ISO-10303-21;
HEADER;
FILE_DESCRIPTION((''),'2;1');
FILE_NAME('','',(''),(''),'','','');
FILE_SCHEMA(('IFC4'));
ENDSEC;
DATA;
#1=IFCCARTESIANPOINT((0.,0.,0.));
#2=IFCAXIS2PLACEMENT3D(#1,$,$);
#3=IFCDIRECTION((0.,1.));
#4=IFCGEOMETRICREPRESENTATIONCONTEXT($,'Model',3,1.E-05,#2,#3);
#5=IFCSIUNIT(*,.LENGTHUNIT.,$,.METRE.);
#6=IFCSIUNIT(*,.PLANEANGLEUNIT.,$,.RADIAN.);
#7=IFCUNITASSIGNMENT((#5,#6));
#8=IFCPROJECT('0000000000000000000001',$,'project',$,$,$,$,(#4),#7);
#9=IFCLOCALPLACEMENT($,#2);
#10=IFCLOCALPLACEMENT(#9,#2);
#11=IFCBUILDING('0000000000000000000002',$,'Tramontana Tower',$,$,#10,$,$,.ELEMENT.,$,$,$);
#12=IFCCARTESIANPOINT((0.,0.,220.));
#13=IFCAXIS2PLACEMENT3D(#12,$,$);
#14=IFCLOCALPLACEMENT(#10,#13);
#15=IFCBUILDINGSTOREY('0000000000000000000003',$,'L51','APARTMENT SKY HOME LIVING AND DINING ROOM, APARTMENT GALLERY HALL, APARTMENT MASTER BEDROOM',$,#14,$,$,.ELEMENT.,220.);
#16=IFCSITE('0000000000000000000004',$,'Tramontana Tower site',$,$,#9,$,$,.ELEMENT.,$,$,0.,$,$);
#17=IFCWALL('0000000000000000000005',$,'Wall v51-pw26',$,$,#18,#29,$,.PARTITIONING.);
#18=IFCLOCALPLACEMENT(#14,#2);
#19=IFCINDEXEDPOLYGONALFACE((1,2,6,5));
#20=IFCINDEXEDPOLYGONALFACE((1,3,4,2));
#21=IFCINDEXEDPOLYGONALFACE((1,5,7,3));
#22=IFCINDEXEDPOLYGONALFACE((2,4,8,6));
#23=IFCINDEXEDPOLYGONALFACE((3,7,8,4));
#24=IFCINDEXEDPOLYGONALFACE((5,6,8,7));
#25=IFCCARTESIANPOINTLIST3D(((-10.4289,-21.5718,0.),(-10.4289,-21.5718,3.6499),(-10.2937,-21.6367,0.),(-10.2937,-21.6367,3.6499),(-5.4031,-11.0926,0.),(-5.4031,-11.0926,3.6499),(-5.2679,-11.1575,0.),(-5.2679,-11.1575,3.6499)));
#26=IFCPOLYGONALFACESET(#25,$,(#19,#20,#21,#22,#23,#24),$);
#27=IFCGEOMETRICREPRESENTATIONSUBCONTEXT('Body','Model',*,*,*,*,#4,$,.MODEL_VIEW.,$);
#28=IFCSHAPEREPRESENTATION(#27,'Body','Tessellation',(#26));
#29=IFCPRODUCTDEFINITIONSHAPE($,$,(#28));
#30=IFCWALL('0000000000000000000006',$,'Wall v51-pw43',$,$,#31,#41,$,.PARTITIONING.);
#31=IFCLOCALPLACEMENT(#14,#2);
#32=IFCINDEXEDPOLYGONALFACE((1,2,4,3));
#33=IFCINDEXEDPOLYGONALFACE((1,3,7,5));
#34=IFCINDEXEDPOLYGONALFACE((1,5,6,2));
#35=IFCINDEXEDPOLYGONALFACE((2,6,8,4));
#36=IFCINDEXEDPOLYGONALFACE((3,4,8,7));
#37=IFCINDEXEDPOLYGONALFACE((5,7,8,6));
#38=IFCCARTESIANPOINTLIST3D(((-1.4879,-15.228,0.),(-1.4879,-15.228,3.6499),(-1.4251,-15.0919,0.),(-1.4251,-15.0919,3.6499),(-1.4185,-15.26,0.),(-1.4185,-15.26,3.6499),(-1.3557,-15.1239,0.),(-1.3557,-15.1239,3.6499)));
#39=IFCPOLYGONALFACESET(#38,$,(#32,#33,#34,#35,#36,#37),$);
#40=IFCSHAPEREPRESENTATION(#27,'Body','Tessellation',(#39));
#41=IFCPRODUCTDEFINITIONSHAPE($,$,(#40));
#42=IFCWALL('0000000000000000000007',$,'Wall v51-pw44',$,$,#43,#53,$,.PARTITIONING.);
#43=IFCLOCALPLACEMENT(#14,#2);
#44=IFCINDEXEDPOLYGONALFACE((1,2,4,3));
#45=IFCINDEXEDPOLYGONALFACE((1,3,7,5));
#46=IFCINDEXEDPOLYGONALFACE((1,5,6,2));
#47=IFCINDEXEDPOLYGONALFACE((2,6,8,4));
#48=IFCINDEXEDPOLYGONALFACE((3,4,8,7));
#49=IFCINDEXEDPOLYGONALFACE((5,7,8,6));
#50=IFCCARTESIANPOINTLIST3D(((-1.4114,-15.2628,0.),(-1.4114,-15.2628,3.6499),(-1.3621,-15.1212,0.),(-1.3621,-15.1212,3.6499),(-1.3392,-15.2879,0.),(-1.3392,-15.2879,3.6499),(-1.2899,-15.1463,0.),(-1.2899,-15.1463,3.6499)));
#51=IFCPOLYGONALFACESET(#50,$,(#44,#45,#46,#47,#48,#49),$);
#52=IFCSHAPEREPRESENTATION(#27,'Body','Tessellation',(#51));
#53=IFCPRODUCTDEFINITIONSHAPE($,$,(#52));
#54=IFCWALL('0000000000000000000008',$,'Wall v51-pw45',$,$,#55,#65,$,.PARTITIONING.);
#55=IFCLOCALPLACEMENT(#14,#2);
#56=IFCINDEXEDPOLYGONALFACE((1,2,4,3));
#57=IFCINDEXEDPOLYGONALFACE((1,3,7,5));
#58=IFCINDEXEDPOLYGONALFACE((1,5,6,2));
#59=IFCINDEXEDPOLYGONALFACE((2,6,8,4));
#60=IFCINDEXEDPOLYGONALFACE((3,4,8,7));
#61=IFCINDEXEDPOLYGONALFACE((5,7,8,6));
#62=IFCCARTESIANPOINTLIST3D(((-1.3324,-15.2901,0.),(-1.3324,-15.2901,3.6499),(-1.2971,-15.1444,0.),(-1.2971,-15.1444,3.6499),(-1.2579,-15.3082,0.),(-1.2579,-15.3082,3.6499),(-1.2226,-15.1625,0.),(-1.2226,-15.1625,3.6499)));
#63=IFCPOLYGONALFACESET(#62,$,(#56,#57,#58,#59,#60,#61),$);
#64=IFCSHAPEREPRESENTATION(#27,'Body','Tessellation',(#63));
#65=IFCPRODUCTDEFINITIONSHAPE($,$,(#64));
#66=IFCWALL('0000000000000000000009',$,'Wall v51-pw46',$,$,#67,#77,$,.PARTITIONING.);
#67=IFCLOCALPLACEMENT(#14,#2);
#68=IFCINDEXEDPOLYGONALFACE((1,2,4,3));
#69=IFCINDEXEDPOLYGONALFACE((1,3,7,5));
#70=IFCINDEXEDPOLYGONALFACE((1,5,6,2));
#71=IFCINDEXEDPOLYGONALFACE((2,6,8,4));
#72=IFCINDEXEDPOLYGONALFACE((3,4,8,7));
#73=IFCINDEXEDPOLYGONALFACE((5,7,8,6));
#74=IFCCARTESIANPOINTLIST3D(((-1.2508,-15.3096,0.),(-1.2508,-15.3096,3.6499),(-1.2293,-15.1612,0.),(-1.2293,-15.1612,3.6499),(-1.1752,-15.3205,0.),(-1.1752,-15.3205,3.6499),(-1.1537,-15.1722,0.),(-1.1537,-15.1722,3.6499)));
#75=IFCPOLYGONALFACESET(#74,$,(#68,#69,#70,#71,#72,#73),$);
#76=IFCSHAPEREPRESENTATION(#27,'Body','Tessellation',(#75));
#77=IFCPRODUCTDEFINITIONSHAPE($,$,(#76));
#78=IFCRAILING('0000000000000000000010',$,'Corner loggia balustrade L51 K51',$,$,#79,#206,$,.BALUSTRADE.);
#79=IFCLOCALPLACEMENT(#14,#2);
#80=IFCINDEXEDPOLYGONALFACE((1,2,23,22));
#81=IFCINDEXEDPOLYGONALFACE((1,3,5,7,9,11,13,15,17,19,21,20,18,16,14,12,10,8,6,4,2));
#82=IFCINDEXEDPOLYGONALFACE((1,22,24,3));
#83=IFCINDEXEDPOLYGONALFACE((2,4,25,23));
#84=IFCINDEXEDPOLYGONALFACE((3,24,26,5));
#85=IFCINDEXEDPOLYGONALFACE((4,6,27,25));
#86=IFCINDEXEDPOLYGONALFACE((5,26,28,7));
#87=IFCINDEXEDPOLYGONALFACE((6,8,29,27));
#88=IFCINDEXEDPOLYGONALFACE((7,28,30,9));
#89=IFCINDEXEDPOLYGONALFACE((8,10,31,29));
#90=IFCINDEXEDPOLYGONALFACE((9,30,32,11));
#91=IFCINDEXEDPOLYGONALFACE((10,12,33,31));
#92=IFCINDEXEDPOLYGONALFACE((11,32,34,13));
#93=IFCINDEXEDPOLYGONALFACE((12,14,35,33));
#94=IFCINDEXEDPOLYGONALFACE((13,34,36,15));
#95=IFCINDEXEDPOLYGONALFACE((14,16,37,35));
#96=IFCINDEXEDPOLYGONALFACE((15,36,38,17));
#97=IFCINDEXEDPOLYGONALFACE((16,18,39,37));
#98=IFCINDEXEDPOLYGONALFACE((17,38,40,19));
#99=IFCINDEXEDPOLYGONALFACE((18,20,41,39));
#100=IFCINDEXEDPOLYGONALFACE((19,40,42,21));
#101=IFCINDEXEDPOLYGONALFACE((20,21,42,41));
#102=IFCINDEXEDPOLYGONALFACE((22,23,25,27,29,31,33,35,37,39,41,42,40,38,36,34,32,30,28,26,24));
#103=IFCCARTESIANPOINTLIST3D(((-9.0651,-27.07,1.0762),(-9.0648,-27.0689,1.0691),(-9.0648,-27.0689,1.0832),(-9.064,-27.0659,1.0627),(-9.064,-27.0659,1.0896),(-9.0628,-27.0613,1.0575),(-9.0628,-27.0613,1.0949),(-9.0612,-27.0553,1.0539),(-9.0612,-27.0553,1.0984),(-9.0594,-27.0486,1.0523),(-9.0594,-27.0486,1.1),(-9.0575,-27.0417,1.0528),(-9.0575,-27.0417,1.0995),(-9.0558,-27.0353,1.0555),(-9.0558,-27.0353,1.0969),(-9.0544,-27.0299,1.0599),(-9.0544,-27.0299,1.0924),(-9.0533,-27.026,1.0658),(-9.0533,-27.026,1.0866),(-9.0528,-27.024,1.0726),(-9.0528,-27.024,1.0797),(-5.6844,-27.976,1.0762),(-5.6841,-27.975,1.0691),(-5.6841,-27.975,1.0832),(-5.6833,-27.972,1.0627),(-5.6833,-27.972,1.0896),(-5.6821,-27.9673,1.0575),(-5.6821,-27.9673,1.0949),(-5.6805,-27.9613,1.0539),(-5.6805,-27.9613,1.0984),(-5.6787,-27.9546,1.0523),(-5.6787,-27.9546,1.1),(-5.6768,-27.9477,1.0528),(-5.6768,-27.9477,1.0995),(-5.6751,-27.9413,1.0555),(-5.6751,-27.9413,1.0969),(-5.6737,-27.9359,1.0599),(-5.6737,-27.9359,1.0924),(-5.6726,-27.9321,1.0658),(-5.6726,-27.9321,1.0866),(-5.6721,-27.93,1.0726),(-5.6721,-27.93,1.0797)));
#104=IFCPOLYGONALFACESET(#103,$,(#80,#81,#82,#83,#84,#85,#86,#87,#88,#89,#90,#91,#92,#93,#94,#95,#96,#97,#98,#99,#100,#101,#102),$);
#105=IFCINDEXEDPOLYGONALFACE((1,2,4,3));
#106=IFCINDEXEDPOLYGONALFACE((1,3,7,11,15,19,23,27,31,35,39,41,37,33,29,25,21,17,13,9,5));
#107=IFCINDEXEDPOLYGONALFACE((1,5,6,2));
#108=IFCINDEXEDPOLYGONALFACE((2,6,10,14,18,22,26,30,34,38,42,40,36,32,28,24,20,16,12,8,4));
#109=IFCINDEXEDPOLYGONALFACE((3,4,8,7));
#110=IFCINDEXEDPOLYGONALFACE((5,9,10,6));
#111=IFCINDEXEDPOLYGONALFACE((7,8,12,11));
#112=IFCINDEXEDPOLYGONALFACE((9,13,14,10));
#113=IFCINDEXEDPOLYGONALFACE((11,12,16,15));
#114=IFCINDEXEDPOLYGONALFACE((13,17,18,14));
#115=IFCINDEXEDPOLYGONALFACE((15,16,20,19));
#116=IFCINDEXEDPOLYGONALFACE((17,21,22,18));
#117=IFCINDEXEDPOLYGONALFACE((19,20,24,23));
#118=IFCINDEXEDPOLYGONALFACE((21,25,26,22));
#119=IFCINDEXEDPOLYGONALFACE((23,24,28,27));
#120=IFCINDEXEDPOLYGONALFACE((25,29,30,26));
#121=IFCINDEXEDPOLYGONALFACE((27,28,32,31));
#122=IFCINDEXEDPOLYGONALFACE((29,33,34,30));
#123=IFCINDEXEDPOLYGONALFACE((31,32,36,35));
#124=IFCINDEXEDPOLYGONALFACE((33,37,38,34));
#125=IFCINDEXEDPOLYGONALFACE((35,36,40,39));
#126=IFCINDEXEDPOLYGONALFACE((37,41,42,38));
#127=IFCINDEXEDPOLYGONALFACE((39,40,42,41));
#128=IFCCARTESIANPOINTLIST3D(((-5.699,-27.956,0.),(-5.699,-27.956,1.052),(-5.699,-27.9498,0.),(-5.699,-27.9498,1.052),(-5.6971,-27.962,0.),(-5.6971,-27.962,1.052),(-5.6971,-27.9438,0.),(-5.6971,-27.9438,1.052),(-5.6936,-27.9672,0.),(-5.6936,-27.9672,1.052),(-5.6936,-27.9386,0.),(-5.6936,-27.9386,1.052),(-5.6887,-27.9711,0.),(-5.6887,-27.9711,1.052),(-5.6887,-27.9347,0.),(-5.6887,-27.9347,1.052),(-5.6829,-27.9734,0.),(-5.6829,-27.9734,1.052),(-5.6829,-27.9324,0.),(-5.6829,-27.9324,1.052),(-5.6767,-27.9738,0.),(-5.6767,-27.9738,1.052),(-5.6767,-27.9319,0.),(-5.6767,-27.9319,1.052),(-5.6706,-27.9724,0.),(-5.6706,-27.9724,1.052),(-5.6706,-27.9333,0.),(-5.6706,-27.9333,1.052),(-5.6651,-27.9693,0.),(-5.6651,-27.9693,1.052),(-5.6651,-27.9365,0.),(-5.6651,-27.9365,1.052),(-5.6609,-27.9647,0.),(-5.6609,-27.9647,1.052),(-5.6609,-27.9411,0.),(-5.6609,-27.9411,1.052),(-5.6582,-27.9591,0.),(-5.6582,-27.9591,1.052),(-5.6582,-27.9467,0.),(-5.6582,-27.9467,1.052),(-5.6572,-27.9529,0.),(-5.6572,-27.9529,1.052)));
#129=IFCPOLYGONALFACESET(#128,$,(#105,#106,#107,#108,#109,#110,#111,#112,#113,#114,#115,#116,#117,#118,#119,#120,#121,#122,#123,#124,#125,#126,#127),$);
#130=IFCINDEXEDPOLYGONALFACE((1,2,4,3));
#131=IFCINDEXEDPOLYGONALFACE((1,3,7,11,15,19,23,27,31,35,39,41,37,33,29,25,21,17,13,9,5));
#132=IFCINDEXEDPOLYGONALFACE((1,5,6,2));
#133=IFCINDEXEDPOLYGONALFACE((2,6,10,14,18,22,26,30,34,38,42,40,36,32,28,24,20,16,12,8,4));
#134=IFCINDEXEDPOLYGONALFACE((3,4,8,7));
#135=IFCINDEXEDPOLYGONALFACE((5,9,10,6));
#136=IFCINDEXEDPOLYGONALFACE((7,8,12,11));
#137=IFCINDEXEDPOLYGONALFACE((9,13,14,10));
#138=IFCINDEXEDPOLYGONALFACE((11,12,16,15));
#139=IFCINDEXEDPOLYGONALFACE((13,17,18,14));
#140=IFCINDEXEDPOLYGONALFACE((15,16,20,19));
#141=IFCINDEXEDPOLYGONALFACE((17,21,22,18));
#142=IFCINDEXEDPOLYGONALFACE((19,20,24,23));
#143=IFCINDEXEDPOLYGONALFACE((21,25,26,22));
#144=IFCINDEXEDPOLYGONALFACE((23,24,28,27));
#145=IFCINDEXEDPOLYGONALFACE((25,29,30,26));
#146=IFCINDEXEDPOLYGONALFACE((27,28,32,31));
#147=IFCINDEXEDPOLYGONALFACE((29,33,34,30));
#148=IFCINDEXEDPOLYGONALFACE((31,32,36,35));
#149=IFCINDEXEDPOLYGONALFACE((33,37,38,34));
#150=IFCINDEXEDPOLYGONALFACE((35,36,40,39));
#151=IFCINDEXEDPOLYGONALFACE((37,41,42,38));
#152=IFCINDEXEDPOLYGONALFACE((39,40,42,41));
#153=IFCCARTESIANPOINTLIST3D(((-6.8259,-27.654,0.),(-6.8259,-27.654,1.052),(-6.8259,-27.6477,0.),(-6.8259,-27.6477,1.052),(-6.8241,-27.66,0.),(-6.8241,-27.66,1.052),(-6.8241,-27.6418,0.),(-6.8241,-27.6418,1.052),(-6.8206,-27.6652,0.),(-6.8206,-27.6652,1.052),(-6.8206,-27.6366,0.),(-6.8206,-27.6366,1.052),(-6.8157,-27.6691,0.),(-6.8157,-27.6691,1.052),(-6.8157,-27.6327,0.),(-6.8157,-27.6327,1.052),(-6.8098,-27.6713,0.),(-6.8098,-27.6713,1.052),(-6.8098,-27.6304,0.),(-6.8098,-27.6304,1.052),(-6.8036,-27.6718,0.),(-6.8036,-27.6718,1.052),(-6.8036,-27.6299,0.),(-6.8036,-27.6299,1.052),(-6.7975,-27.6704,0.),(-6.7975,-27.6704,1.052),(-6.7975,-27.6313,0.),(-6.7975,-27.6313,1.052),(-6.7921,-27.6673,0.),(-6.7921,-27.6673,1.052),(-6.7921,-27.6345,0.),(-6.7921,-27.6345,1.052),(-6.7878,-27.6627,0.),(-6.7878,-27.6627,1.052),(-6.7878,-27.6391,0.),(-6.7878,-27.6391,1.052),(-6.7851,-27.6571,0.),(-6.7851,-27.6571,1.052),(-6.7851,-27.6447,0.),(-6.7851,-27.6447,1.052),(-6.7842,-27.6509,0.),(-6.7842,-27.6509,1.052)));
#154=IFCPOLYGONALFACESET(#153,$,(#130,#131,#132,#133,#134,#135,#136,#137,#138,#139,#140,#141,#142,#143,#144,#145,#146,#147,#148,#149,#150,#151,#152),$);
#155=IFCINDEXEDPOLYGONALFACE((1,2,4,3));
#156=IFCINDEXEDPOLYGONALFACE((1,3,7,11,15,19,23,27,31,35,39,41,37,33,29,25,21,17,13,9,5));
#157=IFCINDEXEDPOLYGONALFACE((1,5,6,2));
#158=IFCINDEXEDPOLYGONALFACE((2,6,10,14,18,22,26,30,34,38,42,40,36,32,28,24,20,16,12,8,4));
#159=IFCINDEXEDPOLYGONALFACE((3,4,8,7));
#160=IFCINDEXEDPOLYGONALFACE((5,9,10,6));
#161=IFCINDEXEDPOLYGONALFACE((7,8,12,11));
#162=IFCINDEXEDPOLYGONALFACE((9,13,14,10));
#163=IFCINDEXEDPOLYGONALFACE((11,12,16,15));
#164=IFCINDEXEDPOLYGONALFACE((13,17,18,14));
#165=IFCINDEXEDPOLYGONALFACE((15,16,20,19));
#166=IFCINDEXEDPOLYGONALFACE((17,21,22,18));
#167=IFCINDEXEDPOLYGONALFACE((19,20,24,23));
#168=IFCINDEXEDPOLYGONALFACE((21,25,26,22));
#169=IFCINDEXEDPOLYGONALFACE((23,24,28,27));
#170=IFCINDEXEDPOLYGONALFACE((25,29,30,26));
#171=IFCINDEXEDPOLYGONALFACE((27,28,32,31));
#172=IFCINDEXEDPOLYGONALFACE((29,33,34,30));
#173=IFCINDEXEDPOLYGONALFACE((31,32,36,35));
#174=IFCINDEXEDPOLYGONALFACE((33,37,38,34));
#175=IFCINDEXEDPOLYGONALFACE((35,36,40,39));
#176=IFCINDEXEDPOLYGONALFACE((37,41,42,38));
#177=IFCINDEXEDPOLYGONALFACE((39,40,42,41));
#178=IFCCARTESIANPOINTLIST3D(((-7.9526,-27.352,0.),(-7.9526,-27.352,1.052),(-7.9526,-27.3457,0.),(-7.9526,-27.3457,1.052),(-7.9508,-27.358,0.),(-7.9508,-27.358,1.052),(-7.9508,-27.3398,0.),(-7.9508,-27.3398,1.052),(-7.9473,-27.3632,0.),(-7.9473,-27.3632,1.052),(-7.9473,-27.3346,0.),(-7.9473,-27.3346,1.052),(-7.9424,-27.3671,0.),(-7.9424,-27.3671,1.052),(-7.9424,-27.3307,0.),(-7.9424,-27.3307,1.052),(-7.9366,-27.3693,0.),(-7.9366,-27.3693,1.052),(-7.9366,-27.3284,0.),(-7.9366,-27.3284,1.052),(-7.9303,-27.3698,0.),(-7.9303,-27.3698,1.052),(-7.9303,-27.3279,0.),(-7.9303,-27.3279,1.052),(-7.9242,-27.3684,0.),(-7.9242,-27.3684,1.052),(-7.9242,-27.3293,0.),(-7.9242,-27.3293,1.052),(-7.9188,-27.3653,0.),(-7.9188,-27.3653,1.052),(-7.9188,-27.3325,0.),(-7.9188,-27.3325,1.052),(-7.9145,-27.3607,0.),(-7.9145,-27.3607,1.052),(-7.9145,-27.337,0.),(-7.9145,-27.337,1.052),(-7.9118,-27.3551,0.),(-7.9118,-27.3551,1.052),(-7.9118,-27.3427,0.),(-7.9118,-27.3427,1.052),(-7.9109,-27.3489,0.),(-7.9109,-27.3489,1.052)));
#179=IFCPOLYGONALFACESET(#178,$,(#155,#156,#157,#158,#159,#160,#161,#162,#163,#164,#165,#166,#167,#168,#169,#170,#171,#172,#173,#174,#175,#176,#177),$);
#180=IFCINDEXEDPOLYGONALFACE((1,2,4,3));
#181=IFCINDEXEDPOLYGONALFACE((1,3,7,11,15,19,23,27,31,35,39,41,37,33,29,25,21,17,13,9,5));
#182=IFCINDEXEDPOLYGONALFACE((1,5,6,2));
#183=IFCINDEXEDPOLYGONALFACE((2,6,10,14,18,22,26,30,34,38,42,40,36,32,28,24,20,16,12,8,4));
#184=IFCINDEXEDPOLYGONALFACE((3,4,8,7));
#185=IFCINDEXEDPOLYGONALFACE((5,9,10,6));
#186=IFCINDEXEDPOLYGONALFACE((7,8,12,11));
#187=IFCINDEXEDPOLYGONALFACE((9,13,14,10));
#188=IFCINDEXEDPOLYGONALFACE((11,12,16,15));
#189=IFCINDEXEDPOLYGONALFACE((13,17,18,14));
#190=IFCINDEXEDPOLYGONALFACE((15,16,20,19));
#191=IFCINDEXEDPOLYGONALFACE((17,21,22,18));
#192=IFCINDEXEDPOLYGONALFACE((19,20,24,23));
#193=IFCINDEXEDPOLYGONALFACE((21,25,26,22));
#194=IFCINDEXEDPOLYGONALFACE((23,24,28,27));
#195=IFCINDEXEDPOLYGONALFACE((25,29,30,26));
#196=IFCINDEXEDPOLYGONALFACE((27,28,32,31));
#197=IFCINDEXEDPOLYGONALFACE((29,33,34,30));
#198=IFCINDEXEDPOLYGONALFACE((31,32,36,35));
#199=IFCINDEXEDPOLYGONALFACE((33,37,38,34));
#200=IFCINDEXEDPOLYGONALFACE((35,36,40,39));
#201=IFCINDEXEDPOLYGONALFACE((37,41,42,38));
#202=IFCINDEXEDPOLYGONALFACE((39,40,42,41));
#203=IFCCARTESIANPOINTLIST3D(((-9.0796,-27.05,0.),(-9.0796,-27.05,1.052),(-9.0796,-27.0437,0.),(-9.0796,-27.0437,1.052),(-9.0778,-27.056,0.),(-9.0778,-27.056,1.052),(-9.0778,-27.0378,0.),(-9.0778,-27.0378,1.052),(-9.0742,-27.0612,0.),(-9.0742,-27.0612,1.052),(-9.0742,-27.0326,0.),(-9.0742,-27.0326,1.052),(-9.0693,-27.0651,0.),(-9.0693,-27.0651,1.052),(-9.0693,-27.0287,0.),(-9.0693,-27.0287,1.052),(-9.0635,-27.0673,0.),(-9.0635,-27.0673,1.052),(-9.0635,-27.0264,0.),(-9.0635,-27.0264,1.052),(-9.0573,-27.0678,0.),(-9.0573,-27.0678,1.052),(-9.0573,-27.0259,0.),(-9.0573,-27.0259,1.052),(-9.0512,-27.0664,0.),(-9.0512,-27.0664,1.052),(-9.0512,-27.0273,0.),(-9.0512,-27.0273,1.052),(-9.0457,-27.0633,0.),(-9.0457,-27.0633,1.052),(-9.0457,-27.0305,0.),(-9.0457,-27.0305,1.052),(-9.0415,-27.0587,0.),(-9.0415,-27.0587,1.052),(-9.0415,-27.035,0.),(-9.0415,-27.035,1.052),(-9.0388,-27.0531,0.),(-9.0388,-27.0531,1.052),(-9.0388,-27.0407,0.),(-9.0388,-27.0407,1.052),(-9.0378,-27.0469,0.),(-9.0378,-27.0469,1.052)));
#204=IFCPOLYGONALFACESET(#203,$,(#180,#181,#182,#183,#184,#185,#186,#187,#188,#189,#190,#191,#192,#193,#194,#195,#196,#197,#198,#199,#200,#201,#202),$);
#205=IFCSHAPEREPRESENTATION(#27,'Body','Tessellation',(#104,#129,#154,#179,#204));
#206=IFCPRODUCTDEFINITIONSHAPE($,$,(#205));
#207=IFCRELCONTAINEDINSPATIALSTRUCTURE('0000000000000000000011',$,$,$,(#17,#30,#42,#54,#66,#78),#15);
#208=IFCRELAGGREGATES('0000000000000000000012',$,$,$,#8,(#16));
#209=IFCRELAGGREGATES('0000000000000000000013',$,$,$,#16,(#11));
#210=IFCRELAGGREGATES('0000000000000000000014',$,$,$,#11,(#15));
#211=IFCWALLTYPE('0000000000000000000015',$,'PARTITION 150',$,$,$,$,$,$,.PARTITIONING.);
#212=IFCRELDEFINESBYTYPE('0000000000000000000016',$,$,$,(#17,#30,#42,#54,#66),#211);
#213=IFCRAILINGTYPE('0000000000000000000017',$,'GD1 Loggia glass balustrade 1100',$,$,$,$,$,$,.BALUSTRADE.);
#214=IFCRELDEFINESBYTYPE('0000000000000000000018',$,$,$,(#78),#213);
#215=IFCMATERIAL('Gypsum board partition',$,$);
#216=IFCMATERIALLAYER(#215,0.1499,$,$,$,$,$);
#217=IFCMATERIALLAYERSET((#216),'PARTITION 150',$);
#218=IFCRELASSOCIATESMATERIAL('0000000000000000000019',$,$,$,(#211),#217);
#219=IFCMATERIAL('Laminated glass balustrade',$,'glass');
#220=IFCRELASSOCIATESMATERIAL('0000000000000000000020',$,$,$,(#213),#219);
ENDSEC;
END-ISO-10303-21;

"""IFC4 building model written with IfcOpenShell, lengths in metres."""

from ifc_helpers import new_model, si_unit, direction, frame, frame_2d, origin, origin_2d, place, context, subcontext, project, spatial, rectangle, circle, extrude, material, layer, layer_set, type_object, element, save


model = new_model("IFC4")

# Units and contexts
model_context = context("Model", 3, precision=1e-05, world=origin(), true_north=direction((0.0, 1.0)))
body_context = subcontext(model_context, "Body", "Model", "MODEL_VIEW")
ifc_project = project(units=[si_unit("LENGTHUNIT", "METRE"), si_unit("PLANEANGLEUNIT", "RADIAN")], contexts=[model_context])

# Site, building, storey
site_placement = place(None, origin())
site = spatial("IfcSite", under=ifc_project, at=site_placement, Name="Tramontana Tower site", CompositionType="ELEMENT", RefElevation=0.0)
building_placement = place(site_placement, origin())
building = spatial("IfcBuilding", under=site, at=building_placement, Name="Tramontana Tower", CompositionType="ELEMENT")
storey_placement = place(building_placement, frame((0.0, 0.0, 220.0)))
storey = spatial("IfcBuildingStorey", under=building, at=storey_placement, Name="L51", Description="APARTMENT SKY HOME LIVING AND DINING ROOM, APARTMENT GALLERY HALL, APARTMENT MASTER BEDROOM", CompositionType="ELEMENT", Elevation=220.0)

# Walls
ifc_material_1 = material(Name="Gypsum board partition")
ifc_layer_1 = layer(ifc_material_1, 0.1499)
ifc_layer_set_1 = layer_set([ifc_layer_1], Name="PARTITION 150")
wall_type_1 = type_object("IfcWallType", Name="PARTITION 150", PredefinedType="PARTITIONING", material=ifc_layer_set_1)
wall_1_placement = place(storey_placement, frame((-10.3613, -21.6042, 0.0), z_axis=(0.0, 0.0, 1.0), x_axis=(0.43244, 0.901663, 0.0)))
element("IfcWall", 1, at=wall_1_placement, inside=storey, type_object=wall_type_1, Name="Wall v51-pw26", PredefinedType="PARTITIONING", context=body_context, shape_type="SweptSolid", body=[
    extrude(rectangle(XDim=11.6221, YDim=0.1499, at=frame_2d((5.811, 0.0))), origin(), (0.0, 0.0, 1.0), 3.6499),
])
for number, where, z_axis, x_axis, name in (
    (2, (-1.3872, -15.1919, 0.0), (0.0, 0.0, 1.0), (-0.908053, 0.418855, 0.0), "Wall v51-pw43"),
    (3, (-1.3147, -15.217, 0.0), (0.0, 0.0, 1.0), (-0.944454, 0.328644, 0.0), "Wall v51-pw44"),
):
    element("IfcWall", number, at=place(storey_placement, frame(where, z_axis=z_axis, x_axis=x_axis)), inside=storey, type_object=wall_type_1, Name=name, PredefinedType="PARTITIONING", context=body_context, shape_type="SweptSolid", body=[
        extrude(rectangle(XDim=0.0764, YDim=0.1499, at=frame_2d((0.0381, 0.0))), origin(), (0.0, 0.0, 1.0), 3.6499),
    ])
wall_2_placement = place(storey_placement, frame((-1.2402, -15.2354, 0.0), z_axis=(0.0, 0.0, 1.0), x_axis=(-0.971806, 0.235782, 0.0)))
element("IfcWall", 4, at=wall_2_placement, inside=storey, type_object=wall_type_1, Name="Wall v51-pw45", PredefinedType="PARTITIONING", context=body_context, shape_type="SweptSolid", body=[
    extrude(rectangle(XDim=0.0767, YDim=0.1499, at=frame_2d((0.0383, 0.0))), origin(), (0.0, 0.0, 1.0), 3.6499),
])
wall_3_placement = place(storey_placement, frame((-1.1646, -15.2463, 0.0), z_axis=(0.0, 0.0, 1.0), x_axis=(-0.989628, 0.143656, 0.0)))
element("IfcWall", 5, at=wall_3_placement, inside=storey, type_object=wall_type_1, Name="Wall v51-pw46", PredefinedType="PARTITIONING", context=body_context, shape_type="SweptSolid", body=[
    extrude(rectangle(XDim=0.0764, YDim=0.1499, at=frame_2d((0.0381, 0.0))), origin(), (0.0, 0.0, 1.0), 3.6499),
])

# Railing
ifc_material_2 = material(Name="Laminated glass balustrade", Category="glass")
railing_type = type_object("IfcRailingType", Name="GD1 Loggia glass balustrade 1100", PredefinedType="BALUSTRADE", material=ifc_material_2)
railing_placement = place(storey_placement, frame((-5.6782, -27.9529, 0.0)))
element("IfcRailing", 6, at=railing_placement, inside=storey, type_object=railing_type, Name="Corner loggia balustrade L51 K51", PredefinedType="BALUSTRADE", context=body_context, shape_type="SweptSolid", body=[
    extrude(circle(Radius=0.0239, at=origin_2d()), frame((0.0, 0.0, 1.0762), z_axis=(-0.965913, 0.258865, 0.0), x_axis=(-0.258865, -0.965913, 0.0)), (0.0, 0.0, 1.0), 3.5),
    extrude(circle(Radius=0.021, at=origin_2d()), origin(), (0.0, 0.0, 1.0), 1.052),
    extrude(circle(Radius=0.021, at=origin_2d()), frame((-1.127, 0.302, 0.0)), (0.0, 0.0, 1.0), 1.052),
    extrude(circle(Radius=0.021, at=origin_2d()), frame((-2.2537, 0.604, 0.0)), (0.0, 0.0, 1.0), 1.052),
    extrude(circle(Radius=0.021, at=origin_2d()), frame((-3.3806, 0.906, 0.0)), (0.0, 0.0, 1.0), 1.052),
])

save(model, "model.ifc")
